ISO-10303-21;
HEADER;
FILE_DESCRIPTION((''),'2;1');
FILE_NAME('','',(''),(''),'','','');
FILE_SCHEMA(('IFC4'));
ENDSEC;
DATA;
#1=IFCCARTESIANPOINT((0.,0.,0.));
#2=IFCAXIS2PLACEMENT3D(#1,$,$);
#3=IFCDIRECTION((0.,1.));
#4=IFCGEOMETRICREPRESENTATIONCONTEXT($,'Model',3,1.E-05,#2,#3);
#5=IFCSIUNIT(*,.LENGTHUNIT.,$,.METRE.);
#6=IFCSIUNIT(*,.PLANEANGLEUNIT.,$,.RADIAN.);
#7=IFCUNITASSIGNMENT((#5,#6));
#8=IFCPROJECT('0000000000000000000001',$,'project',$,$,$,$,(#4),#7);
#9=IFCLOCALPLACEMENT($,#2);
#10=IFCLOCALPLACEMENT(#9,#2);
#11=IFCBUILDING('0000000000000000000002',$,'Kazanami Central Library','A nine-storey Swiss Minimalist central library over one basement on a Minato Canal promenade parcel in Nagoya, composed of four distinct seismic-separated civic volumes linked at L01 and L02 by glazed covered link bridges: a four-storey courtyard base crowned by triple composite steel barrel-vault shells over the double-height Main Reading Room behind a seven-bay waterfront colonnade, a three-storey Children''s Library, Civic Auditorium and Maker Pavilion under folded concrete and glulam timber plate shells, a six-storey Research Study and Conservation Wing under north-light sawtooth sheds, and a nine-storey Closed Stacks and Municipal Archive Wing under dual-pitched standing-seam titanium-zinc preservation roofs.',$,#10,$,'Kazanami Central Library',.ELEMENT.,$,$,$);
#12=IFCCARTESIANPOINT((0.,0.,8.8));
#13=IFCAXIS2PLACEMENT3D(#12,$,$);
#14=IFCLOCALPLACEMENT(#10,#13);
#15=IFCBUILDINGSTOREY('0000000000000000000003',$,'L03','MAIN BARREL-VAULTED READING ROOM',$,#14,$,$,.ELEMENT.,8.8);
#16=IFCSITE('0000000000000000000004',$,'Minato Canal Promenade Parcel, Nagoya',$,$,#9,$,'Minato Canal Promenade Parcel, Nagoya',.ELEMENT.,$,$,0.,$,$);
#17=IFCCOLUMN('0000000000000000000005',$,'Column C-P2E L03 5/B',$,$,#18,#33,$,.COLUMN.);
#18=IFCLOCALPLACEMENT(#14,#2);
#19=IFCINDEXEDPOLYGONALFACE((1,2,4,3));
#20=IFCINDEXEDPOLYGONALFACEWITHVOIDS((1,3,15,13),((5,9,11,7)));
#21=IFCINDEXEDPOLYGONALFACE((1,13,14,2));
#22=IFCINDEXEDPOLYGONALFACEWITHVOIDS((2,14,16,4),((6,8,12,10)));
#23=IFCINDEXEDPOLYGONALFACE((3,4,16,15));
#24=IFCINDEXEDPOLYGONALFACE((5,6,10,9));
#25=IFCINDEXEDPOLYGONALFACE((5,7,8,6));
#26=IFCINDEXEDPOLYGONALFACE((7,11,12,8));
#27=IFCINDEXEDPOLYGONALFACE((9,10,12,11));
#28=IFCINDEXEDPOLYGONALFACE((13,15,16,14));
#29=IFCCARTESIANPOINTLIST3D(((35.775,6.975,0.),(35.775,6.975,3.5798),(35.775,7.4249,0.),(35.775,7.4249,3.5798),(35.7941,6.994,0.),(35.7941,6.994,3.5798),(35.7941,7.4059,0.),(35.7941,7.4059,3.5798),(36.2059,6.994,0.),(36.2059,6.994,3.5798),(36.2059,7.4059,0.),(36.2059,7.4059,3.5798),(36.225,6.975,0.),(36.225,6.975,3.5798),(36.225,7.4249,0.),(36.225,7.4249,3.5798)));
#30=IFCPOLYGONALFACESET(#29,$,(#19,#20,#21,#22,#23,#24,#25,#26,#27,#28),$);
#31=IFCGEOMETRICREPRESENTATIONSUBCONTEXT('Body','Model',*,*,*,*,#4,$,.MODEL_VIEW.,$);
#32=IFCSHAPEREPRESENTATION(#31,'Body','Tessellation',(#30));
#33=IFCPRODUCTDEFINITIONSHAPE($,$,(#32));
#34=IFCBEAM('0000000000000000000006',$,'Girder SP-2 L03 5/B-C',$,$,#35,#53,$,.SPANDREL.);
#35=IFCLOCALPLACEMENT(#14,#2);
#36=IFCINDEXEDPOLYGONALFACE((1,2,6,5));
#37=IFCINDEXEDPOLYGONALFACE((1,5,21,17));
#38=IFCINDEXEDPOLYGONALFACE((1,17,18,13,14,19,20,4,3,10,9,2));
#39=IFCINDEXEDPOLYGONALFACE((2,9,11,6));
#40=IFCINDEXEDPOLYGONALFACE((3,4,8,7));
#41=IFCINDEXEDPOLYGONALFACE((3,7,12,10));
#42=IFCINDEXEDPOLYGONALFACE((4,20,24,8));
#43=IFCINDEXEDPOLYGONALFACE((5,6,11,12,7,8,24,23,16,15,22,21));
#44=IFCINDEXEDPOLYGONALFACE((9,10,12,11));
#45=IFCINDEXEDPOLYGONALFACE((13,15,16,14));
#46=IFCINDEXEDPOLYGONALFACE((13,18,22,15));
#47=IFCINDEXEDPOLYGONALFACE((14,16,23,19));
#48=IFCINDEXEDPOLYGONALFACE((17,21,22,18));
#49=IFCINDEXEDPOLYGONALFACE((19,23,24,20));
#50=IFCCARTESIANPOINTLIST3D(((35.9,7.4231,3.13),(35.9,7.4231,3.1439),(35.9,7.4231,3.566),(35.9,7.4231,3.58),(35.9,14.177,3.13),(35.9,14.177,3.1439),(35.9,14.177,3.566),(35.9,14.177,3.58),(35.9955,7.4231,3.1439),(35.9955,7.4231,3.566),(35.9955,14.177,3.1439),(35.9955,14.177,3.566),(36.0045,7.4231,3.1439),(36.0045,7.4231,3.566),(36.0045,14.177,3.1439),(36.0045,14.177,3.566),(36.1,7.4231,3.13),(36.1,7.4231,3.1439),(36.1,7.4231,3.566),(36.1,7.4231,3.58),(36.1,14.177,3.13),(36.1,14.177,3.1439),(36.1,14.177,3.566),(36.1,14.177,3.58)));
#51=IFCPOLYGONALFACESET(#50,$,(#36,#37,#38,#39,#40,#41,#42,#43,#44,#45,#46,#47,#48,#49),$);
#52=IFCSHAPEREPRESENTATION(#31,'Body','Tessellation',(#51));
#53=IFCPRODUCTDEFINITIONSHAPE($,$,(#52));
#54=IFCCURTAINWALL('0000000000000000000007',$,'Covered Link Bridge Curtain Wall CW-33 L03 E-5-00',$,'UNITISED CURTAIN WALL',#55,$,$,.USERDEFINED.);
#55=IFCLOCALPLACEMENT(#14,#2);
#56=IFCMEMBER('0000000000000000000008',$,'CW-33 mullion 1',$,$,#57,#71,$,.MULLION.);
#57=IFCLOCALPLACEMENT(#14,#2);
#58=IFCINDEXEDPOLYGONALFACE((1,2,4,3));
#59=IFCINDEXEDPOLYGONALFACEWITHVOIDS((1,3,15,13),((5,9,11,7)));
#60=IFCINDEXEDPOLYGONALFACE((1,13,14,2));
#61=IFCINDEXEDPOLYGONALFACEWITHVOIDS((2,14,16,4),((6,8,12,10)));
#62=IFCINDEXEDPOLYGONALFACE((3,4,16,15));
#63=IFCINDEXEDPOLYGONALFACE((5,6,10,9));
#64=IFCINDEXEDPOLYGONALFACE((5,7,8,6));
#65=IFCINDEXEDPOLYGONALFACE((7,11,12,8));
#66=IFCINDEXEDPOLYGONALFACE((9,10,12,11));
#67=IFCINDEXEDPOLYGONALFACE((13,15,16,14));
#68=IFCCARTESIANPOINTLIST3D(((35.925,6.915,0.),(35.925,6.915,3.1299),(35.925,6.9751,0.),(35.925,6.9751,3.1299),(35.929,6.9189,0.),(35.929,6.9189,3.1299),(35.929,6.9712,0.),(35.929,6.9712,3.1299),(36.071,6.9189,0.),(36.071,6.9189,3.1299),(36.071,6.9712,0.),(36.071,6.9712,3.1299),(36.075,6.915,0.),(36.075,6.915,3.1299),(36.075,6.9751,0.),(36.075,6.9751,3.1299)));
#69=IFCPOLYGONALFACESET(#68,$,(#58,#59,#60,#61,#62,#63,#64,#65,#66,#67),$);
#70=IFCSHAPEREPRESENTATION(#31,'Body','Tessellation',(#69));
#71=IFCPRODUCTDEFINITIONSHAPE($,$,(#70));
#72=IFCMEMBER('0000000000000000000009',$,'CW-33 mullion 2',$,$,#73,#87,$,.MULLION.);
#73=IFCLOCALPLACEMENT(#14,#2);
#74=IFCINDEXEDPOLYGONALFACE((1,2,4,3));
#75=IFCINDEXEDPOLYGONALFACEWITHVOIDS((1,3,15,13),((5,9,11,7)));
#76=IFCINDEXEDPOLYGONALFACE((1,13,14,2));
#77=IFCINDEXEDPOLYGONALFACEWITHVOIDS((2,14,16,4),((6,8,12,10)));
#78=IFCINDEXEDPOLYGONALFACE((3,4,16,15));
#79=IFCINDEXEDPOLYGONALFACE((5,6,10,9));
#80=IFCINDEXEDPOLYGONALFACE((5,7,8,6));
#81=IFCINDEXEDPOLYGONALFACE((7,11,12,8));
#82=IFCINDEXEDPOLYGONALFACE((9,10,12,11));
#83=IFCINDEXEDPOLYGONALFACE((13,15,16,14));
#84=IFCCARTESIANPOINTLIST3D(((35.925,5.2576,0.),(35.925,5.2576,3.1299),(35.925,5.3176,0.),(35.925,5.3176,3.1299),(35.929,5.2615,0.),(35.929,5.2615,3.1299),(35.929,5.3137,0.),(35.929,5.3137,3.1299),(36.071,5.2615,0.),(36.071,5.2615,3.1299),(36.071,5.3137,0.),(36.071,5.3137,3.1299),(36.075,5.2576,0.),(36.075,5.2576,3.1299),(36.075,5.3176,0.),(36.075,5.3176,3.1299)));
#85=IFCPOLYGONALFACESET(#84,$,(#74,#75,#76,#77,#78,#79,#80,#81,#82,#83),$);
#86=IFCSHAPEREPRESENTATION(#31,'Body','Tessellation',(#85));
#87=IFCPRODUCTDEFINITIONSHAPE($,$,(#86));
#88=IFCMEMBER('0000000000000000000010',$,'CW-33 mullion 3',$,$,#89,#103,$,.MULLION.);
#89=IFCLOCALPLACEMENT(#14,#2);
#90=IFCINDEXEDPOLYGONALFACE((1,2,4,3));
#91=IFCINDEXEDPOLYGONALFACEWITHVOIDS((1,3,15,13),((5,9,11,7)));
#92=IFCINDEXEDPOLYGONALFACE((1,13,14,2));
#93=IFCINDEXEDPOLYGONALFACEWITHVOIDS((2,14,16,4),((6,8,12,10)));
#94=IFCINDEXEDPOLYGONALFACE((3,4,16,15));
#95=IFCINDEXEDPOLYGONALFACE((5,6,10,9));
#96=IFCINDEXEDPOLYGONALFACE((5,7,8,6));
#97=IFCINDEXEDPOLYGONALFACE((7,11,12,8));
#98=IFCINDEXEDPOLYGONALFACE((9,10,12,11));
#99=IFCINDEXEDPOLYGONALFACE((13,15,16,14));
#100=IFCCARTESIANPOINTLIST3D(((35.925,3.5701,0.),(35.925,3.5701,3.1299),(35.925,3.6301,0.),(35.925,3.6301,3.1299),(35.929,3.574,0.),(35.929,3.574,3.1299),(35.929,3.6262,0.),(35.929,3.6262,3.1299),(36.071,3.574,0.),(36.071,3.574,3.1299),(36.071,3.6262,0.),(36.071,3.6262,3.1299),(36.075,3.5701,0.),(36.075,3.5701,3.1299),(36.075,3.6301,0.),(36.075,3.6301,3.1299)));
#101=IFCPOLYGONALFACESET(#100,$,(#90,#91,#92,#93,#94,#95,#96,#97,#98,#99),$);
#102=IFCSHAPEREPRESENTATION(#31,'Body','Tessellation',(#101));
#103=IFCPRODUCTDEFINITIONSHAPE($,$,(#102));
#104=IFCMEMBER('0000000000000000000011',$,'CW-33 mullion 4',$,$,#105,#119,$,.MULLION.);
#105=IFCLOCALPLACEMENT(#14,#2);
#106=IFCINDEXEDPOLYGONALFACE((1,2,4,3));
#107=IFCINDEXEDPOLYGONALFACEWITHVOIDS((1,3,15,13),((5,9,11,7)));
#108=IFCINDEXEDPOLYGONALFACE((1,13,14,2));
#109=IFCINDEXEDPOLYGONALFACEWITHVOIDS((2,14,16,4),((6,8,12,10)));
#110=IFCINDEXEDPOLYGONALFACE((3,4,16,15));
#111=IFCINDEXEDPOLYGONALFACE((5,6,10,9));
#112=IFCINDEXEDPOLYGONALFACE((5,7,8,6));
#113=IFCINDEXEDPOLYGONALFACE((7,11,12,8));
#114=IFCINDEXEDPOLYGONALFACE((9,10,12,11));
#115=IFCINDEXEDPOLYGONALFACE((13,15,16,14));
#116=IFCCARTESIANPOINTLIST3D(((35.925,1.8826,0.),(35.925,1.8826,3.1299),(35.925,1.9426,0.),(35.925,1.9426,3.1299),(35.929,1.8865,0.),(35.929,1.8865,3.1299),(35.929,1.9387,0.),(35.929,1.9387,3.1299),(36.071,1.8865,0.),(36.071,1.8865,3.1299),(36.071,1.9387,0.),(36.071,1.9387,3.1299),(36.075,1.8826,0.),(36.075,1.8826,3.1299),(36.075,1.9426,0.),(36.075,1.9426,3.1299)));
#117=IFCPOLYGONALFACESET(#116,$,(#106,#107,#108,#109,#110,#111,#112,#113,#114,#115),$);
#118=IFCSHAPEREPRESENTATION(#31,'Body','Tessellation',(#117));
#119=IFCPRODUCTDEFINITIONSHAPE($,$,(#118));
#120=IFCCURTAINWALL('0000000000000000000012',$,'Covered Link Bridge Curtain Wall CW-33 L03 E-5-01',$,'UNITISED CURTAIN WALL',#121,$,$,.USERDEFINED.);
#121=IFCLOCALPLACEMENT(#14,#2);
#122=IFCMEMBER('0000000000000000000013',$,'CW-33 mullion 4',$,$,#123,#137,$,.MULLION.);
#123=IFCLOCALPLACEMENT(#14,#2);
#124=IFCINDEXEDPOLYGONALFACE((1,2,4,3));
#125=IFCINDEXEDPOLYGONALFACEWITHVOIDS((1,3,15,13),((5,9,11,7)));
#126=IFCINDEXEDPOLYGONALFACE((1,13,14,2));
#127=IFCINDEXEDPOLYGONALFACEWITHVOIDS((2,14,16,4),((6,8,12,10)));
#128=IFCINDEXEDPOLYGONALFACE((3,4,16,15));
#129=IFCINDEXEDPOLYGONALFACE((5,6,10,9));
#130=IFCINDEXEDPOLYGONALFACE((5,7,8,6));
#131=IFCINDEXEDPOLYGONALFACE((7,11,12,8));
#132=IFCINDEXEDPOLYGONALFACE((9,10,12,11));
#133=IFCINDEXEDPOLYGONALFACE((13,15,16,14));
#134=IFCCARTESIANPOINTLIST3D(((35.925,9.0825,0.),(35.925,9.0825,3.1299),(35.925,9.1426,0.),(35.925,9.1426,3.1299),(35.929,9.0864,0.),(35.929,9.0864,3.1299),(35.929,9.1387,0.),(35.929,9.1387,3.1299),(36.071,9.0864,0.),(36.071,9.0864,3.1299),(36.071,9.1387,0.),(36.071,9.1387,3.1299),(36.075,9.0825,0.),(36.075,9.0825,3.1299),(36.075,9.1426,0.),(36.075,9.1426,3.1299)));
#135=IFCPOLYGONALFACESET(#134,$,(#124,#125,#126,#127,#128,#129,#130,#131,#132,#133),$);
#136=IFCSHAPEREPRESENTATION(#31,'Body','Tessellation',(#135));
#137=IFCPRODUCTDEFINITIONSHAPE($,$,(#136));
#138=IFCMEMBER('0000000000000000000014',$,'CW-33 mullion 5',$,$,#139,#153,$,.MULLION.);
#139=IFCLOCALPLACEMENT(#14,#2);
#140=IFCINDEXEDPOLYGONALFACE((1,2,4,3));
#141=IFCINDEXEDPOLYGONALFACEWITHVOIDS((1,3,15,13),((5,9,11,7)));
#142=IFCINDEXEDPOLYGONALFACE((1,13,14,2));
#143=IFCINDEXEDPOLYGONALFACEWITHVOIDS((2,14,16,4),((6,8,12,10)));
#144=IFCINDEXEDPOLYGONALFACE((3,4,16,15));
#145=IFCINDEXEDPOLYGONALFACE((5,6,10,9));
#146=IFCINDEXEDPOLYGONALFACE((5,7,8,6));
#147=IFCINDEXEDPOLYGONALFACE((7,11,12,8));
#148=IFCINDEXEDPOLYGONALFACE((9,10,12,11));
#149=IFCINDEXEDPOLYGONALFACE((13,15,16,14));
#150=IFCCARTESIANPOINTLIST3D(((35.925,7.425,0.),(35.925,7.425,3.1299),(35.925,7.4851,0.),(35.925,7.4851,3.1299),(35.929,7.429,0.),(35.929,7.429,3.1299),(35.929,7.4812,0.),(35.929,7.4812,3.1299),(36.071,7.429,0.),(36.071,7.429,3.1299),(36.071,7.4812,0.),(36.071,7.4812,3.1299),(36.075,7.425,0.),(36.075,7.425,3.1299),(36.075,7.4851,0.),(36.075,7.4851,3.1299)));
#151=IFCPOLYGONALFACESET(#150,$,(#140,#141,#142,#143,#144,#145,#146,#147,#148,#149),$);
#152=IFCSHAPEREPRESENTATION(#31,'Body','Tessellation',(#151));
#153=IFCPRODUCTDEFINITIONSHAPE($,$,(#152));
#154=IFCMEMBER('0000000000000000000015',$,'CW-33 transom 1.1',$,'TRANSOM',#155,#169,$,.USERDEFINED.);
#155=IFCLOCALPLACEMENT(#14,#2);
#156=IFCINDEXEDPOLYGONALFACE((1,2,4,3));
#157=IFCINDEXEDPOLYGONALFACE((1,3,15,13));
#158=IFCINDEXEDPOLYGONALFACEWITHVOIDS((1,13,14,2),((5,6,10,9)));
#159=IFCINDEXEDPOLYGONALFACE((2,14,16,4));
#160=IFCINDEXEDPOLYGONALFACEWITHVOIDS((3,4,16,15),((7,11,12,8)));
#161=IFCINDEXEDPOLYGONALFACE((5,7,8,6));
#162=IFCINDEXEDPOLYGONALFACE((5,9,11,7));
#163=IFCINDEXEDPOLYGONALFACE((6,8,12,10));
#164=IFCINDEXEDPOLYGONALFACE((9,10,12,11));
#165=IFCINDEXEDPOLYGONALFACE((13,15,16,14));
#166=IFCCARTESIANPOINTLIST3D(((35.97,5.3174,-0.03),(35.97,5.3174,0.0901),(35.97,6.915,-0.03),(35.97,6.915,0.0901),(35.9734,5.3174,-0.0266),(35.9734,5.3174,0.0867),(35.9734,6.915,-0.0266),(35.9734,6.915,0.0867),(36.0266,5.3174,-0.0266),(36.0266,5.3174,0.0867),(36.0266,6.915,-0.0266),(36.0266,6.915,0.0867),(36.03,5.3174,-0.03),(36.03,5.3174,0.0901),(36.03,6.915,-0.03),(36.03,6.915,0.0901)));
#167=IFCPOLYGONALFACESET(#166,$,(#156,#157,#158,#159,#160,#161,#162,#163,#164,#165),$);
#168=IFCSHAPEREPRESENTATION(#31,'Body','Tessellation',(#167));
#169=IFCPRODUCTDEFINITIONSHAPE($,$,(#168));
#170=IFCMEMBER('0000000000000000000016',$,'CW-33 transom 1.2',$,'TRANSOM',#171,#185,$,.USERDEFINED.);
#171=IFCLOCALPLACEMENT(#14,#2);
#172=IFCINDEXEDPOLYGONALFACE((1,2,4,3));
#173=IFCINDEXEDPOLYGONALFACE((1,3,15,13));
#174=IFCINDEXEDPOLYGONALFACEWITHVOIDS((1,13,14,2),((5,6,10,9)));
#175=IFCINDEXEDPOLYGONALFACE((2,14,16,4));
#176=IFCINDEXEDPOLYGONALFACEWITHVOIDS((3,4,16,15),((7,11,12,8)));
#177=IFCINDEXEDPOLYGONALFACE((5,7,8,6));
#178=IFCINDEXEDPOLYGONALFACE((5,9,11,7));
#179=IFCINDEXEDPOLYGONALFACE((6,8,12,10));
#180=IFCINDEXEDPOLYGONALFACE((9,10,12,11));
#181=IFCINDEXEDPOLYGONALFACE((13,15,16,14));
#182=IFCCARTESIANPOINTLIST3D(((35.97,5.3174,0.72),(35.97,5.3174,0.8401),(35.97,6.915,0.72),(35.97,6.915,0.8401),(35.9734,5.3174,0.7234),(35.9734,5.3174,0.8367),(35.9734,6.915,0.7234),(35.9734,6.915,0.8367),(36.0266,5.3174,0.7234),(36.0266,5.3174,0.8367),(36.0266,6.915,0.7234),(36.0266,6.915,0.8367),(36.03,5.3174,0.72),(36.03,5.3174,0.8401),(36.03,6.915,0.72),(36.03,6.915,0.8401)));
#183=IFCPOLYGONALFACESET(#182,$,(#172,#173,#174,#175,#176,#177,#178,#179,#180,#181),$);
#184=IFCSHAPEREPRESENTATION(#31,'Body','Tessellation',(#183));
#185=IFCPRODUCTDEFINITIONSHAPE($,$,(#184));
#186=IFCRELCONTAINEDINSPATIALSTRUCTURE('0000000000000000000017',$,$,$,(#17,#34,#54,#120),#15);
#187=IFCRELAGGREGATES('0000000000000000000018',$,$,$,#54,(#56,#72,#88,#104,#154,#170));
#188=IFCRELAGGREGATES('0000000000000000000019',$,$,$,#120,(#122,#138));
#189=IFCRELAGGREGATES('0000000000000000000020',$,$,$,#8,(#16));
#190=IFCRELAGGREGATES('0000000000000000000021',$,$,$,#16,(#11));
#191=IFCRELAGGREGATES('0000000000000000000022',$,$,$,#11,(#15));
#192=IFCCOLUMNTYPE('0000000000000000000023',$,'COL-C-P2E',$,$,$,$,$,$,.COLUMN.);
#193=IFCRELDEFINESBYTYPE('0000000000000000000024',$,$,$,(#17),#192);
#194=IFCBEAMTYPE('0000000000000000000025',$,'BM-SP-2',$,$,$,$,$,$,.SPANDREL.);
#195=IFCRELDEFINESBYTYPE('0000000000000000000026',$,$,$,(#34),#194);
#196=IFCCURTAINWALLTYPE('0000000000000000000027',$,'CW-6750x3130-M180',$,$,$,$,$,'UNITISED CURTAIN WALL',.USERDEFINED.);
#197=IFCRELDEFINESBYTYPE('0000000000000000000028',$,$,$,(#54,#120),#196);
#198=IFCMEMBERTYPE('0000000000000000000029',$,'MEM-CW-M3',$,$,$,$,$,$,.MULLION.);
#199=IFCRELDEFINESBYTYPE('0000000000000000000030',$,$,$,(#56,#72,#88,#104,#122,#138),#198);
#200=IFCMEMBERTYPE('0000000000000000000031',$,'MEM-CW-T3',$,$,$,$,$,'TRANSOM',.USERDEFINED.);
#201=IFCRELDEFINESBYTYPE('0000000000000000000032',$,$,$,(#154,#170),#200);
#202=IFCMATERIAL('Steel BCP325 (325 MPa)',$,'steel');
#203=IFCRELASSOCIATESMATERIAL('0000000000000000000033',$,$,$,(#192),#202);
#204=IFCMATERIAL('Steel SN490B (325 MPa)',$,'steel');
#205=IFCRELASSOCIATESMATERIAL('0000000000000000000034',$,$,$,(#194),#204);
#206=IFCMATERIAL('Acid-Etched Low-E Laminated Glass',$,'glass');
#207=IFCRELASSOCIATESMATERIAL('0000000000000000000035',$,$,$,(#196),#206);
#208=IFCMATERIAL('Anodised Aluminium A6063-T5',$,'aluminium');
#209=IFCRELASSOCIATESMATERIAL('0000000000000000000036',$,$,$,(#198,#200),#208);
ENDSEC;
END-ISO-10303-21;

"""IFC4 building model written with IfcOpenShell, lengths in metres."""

from ifc_helpers import new_model, si_unit, direction, frame, origin, origin_2d, place, context, subcontext, project, spatial, hollow_rectangle, i_section, extrude, material, material_profile, profile_set, type_object, element, aggregate, save


model = new_model("IFC4")

# Units and contexts
model_context = context("Model", 3, precision=1e-05, world=origin(), true_north=direction((0.0, 1.0)))
body_context = subcontext(model_context, "Body", "Model", "MODEL_VIEW")
ifc_project = project(units=[si_unit("LENGTHUNIT", "METRE"), si_unit("PLANEANGLEUNIT", "RADIAN")], contexts=[model_context])

# Site, building, storey
site_placement = place(None, origin())
site = spatial("IfcSite", under=ifc_project, at=site_placement, Name="Minato Canal Promenade Parcel, Nagoya", LongName="Minato Canal Promenade Parcel, Nagoya", CompositionType="ELEMENT", RefElevation=0.0)
building_placement = place(site_placement, origin())
building = spatial("IfcBuilding", under=site, at=building_placement, Name="Kazanami Central Library", Description="A nine-storey Swiss Minimalist central library over one basement on a Minato Canal promenade parcel in Nagoya, composed of four distinct seismic-separated civic volumes linked at L01 and L02 by glazed covered link bridges: a four-storey courtyard base crowned by triple composite steel barrel-vault shells over the double-height Main Reading Room behind a seven-bay waterfront colonnade, a three-storey Children's Library, Civic Auditorium and Maker Pavilion under folded concrete and glulam timber plate shells, a six-storey Research Study and Conservation Wing under north-light sawtooth sheds, and a nine-storey Closed Stacks and Municipal Archive Wing under dual-pitched standing-seam titanium-zinc preservation roofs.", LongName="Kazanami Central Library", CompositionType="ELEMENT")
storey_placement = place(building_placement, frame((0.0, 0.0, 8.8)))
storey = spatial("IfcBuildingStorey", under=building, at=storey_placement, Name="L03", Description="MAIN BARREL-VAULTED READING ROOM", CompositionType="ELEMENT", Elevation=8.8)

# Column
ifc_material_1 = material(Name="Steel BCP325 (325 MPa)", Category="steel")
ifc_material_profile_1 = material_profile(ifc_material_1, hollow_rectangle(XDim=0.45, YDim=0.45, WallThickness=0.019, at=origin_2d()), Name="BCP-450x450x19")
ifc_profile_set_1 = profile_set([ifc_material_profile_1], Name="Steel BCP325 (325 MPa)")
column_type = type_object("IfcColumnType", Name="COL-C-P2E", PredefinedType="COLUMN", material=ifc_profile_set_1)
column_placement = place(storey_placement, frame((36.0, 7.2, 0.0), z_axis=(0.0, 0.0, 1.0), x_axis=(1.0, 0.0, 0.0)))
element("IfcColumn", 1, at=column_placement, inside=storey, type_object=column_type, Name="Column C-P2E L03 5/B", PredefinedType="COLUMN", context=body_context, shape_type="SweptSolid", body=[
    extrude(hollow_rectangle(XDim=0.45, YDim=0.45, WallThickness=0.019, at=origin_2d()), origin(), (0.0, 0.0, 1.0), 3.5798),
])

# Beam
ifc_material_2 = material(Name="Steel SN490B (325 MPa)", Category="steel")
ifc_material_profile_2 = material_profile(ifc_material_2, i_section(OverallWidth=0.2, OverallDepth=0.45, WebThickness=0.009, FlangeThickness=0.0139, at=origin_2d()), Name="H-450x200x9x14")
ifc_profile_set_2 = profile_set([ifc_material_profile_2], Name="Steel SN490B (325 MPa)")
beam_type = type_object("IfcBeamType", Name="BM-SP-2", PredefinedType="SPANDREL", material=ifc_profile_set_2)
beam_placement = place(storey_placement, frame((36.0, 7.4231, 3.355), z_axis=(0.0, 1.0, 0.0), x_axis=(-1.0, 0.0, 0.0)))
element("IfcBeam", 2, at=beam_placement, inside=storey, type_object=beam_type, Name="Girder SP-2 L03 5/B-C", PredefinedType="SPANDREL", context=body_context, shape_type="SweptSolid", body=[
    extrude(i_section(OverallWidth=0.2, OverallDepth=0.45, WebThickness=0.009, FlangeThickness=0.0139, at=origin_2d()), origin(), (0.0, 0.0, 1.0), 6.7539),
])

# Curtain walls, members
ifc_material_3 = material(Name="Acid-Etched Low-E Laminated Glass", Category="glass")
curtain_wall_type = type_object("IfcCurtainWallType", Name="CW-6750x3130-M180", ElementType="UNITISED CURTAIN WALL", PredefinedType="USERDEFINED", material=ifc_material_3)
curtain_wall_1_placement = place(storey_placement, origin())
curtain_wall_1 = element("IfcCurtainWall", 3, at=curtain_wall_1_placement, inside=storey, type_object=curtain_wall_type, Name="Covered Link Bridge Curtain Wall CW-33 L03 E-5-00", ObjectType="UNITISED CURTAIN WALL", PredefinedType="USERDEFINED")
ifc_material_4 = material(Name="Anodised Aluminium A6063-T5", Category="aluminium")
ifc_material_profile_3 = material_profile(ifc_material_4, hollow_rectangle(XDim=0.0601, YDim=0.1499, WallThickness=0.0039, at=origin_2d()), Name="ALU-MULL-60x150x4")
ifc_profile_set_3 = profile_set([ifc_material_profile_3], Name="Anodised Aluminium A6063-T5")
member_type_1 = type_object("IfcMemberType", Name="MEM-CW-M3", PredefinedType="MULLION", material=ifc_profile_set_3)
member_1_placement = place(storey_placement, frame((36.0, 6.9451, 0.0), z_axis=(0.0, 0.0, 1.0), x_axis=(0.0, -1.0, 0.0)))
member_1 = element("IfcMember", 4, at=member_1_placement, type_object=member_type_1, Name="CW-33 mullion 1", PredefinedType="MULLION", context=body_context, shape_type="SweptSolid", body=[
    extrude(hollow_rectangle(XDim=0.0601, YDim=0.1499, WallThickness=0.0039, at=origin_2d()), origin(), (0.0, 0.0, 1.0), 3.1299),
])
member_2_placement = place(storey_placement, frame((36.0, 5.2876, 0.0), z_axis=(0.0, 0.0, 1.0), x_axis=(0.0, -1.0, 0.0)))
member_2 = element("IfcMember", 5, at=member_2_placement, type_object=member_type_1, Name="CW-33 mullion 2", PredefinedType="MULLION", context=body_context, shape_type="SweptSolid", body=[
    extrude(hollow_rectangle(XDim=0.0601, YDim=0.1499, WallThickness=0.0039, at=origin_2d()), origin(), (0.0, 0.0, 1.0), 3.1299),
])
member_3_placement = place(storey_placement, frame((36.0, 3.6001, 0.0), z_axis=(0.0, 0.0, 1.0), x_axis=(0.0, -1.0, 0.0)))
member_3 = element("IfcMember", 6, at=member_3_placement, type_object=member_type_1, Name="CW-33 mullion 3", PredefinedType="MULLION", context=body_context, shape_type="SweptSolid", body=[
    extrude(hollow_rectangle(XDim=0.0601, YDim=0.1499, WallThickness=0.0039, at=origin_2d()), origin(), (0.0, 0.0, 1.0), 3.1299),
])
member_4_placement = place(storey_placement, frame((36.0, 1.9126, 0.0), z_axis=(0.0, 0.0, 1.0), x_axis=(0.0, -1.0, 0.0)))
member_4 = element("IfcMember", 7, at=member_4_placement, type_object=member_type_1, Name="CW-33 mullion 4", PredefinedType="MULLION", context=body_context, shape_type="SweptSolid", body=[
    extrude(hollow_rectangle(XDim=0.0601, YDim=0.1499, WallThickness=0.0039, at=origin_2d()), origin(), (0.0, 0.0, 1.0), 3.1299),
])
curtain_wall_2_placement = place(storey_placement, origin())
curtain_wall_2 = element("IfcCurtainWall", 8, at=curtain_wall_2_placement, inside=storey, type_object=curtain_wall_type, Name="Covered Link Bridge Curtain Wall CW-33 L03 E-5-01", ObjectType="UNITISED CURTAIN WALL", PredefinedType="USERDEFINED")
member_5_placement = place(storey_placement, frame((36.0, 9.1125, 0.0), z_axis=(0.0, 0.0, 1.0), x_axis=(0.0, -1.0, 0.0)))
member_5 = element("IfcMember", 9, at=member_5_placement, type_object=member_type_1, Name="CW-33 mullion 4", PredefinedType="MULLION", context=body_context, shape_type="SweptSolid", body=[
    extrude(hollow_rectangle(XDim=0.0601, YDim=0.1499, WallThickness=0.0039, at=origin_2d()), origin(), (0.0, 0.0, 1.0), 3.1299),
])
member_6_placement = place(storey_placement, frame((36.0, 7.4551, 0.0), z_axis=(0.0, 0.0, 1.0), x_axis=(0.0, -1.0, 0.0)))
member_6 = element("IfcMember", 10, at=member_6_placement, type_object=member_type_1, Name="CW-33 mullion 5", PredefinedType="MULLION", context=body_context, shape_type="SweptSolid", body=[
    extrude(hollow_rectangle(XDim=0.0601, YDim=0.1499, WallThickness=0.0039, at=origin_2d()), origin(), (0.0, 0.0, 1.0), 3.1299),
])

# Members
ifc_material_profile_4 = material_profile(ifc_material_4, hollow_rectangle(XDim=0.0601, YDim=0.1201, WallThickness=0.0034, at=origin_2d()), Name="ALU-TRAN-60x120x3.5")
ifc_profile_set_4 = profile_set([ifc_material_profile_4], Name="Anodised Aluminium A6063-T5")
member_type_2 = type_object("IfcMemberType", Name="MEM-CW-T3", ElementType="TRANSOM", PredefinedType="USERDEFINED", material=ifc_profile_set_4)
member_7_placement = place(storey_placement, frame((36.0, 6.915, 0.03), z_axis=(0.0, -1.0, 0.0), x_axis=(1.0, 0.0, 0.0)))
member_7 = element("IfcMember", 11, at=member_7_placement, type_object=member_type_2, Name="CW-33 transom 1.1", ObjectType="TRANSOM", PredefinedType="USERDEFINED", context=body_context, shape_type="SweptSolid", body=[
    extrude(hollow_rectangle(XDim=0.0601, YDim=0.1201, WallThickness=0.0034, at=origin_2d()), origin(), (0.0, 0.0, 1.0), 1.5977),
])
member_8_placement = place(storey_placement, frame((36.0, 6.915, 0.78), z_axis=(0.0, -1.0, 0.0), x_axis=(1.0, 0.0, 0.0)))
member_8 = element("IfcMember", 12, at=member_8_placement, type_object=member_type_2, Name="CW-33 transom 1.2", ObjectType="TRANSOM", PredefinedType="USERDEFINED", context=body_context, shape_type="SweptSolid", body=[
    extrude(hollow_rectangle(XDim=0.0601, YDim=0.1201, WallThickness=0.0034, at=origin_2d()), origin(), (0.0, 0.0, 1.0), 1.5977),
])

aggregate(curtain_wall_1, [member_1, member_2, member_3, member_4, member_7, member_8])
aggregate(curtain_wall_2, [member_5, member_6])

save(model, "model.ifc")
